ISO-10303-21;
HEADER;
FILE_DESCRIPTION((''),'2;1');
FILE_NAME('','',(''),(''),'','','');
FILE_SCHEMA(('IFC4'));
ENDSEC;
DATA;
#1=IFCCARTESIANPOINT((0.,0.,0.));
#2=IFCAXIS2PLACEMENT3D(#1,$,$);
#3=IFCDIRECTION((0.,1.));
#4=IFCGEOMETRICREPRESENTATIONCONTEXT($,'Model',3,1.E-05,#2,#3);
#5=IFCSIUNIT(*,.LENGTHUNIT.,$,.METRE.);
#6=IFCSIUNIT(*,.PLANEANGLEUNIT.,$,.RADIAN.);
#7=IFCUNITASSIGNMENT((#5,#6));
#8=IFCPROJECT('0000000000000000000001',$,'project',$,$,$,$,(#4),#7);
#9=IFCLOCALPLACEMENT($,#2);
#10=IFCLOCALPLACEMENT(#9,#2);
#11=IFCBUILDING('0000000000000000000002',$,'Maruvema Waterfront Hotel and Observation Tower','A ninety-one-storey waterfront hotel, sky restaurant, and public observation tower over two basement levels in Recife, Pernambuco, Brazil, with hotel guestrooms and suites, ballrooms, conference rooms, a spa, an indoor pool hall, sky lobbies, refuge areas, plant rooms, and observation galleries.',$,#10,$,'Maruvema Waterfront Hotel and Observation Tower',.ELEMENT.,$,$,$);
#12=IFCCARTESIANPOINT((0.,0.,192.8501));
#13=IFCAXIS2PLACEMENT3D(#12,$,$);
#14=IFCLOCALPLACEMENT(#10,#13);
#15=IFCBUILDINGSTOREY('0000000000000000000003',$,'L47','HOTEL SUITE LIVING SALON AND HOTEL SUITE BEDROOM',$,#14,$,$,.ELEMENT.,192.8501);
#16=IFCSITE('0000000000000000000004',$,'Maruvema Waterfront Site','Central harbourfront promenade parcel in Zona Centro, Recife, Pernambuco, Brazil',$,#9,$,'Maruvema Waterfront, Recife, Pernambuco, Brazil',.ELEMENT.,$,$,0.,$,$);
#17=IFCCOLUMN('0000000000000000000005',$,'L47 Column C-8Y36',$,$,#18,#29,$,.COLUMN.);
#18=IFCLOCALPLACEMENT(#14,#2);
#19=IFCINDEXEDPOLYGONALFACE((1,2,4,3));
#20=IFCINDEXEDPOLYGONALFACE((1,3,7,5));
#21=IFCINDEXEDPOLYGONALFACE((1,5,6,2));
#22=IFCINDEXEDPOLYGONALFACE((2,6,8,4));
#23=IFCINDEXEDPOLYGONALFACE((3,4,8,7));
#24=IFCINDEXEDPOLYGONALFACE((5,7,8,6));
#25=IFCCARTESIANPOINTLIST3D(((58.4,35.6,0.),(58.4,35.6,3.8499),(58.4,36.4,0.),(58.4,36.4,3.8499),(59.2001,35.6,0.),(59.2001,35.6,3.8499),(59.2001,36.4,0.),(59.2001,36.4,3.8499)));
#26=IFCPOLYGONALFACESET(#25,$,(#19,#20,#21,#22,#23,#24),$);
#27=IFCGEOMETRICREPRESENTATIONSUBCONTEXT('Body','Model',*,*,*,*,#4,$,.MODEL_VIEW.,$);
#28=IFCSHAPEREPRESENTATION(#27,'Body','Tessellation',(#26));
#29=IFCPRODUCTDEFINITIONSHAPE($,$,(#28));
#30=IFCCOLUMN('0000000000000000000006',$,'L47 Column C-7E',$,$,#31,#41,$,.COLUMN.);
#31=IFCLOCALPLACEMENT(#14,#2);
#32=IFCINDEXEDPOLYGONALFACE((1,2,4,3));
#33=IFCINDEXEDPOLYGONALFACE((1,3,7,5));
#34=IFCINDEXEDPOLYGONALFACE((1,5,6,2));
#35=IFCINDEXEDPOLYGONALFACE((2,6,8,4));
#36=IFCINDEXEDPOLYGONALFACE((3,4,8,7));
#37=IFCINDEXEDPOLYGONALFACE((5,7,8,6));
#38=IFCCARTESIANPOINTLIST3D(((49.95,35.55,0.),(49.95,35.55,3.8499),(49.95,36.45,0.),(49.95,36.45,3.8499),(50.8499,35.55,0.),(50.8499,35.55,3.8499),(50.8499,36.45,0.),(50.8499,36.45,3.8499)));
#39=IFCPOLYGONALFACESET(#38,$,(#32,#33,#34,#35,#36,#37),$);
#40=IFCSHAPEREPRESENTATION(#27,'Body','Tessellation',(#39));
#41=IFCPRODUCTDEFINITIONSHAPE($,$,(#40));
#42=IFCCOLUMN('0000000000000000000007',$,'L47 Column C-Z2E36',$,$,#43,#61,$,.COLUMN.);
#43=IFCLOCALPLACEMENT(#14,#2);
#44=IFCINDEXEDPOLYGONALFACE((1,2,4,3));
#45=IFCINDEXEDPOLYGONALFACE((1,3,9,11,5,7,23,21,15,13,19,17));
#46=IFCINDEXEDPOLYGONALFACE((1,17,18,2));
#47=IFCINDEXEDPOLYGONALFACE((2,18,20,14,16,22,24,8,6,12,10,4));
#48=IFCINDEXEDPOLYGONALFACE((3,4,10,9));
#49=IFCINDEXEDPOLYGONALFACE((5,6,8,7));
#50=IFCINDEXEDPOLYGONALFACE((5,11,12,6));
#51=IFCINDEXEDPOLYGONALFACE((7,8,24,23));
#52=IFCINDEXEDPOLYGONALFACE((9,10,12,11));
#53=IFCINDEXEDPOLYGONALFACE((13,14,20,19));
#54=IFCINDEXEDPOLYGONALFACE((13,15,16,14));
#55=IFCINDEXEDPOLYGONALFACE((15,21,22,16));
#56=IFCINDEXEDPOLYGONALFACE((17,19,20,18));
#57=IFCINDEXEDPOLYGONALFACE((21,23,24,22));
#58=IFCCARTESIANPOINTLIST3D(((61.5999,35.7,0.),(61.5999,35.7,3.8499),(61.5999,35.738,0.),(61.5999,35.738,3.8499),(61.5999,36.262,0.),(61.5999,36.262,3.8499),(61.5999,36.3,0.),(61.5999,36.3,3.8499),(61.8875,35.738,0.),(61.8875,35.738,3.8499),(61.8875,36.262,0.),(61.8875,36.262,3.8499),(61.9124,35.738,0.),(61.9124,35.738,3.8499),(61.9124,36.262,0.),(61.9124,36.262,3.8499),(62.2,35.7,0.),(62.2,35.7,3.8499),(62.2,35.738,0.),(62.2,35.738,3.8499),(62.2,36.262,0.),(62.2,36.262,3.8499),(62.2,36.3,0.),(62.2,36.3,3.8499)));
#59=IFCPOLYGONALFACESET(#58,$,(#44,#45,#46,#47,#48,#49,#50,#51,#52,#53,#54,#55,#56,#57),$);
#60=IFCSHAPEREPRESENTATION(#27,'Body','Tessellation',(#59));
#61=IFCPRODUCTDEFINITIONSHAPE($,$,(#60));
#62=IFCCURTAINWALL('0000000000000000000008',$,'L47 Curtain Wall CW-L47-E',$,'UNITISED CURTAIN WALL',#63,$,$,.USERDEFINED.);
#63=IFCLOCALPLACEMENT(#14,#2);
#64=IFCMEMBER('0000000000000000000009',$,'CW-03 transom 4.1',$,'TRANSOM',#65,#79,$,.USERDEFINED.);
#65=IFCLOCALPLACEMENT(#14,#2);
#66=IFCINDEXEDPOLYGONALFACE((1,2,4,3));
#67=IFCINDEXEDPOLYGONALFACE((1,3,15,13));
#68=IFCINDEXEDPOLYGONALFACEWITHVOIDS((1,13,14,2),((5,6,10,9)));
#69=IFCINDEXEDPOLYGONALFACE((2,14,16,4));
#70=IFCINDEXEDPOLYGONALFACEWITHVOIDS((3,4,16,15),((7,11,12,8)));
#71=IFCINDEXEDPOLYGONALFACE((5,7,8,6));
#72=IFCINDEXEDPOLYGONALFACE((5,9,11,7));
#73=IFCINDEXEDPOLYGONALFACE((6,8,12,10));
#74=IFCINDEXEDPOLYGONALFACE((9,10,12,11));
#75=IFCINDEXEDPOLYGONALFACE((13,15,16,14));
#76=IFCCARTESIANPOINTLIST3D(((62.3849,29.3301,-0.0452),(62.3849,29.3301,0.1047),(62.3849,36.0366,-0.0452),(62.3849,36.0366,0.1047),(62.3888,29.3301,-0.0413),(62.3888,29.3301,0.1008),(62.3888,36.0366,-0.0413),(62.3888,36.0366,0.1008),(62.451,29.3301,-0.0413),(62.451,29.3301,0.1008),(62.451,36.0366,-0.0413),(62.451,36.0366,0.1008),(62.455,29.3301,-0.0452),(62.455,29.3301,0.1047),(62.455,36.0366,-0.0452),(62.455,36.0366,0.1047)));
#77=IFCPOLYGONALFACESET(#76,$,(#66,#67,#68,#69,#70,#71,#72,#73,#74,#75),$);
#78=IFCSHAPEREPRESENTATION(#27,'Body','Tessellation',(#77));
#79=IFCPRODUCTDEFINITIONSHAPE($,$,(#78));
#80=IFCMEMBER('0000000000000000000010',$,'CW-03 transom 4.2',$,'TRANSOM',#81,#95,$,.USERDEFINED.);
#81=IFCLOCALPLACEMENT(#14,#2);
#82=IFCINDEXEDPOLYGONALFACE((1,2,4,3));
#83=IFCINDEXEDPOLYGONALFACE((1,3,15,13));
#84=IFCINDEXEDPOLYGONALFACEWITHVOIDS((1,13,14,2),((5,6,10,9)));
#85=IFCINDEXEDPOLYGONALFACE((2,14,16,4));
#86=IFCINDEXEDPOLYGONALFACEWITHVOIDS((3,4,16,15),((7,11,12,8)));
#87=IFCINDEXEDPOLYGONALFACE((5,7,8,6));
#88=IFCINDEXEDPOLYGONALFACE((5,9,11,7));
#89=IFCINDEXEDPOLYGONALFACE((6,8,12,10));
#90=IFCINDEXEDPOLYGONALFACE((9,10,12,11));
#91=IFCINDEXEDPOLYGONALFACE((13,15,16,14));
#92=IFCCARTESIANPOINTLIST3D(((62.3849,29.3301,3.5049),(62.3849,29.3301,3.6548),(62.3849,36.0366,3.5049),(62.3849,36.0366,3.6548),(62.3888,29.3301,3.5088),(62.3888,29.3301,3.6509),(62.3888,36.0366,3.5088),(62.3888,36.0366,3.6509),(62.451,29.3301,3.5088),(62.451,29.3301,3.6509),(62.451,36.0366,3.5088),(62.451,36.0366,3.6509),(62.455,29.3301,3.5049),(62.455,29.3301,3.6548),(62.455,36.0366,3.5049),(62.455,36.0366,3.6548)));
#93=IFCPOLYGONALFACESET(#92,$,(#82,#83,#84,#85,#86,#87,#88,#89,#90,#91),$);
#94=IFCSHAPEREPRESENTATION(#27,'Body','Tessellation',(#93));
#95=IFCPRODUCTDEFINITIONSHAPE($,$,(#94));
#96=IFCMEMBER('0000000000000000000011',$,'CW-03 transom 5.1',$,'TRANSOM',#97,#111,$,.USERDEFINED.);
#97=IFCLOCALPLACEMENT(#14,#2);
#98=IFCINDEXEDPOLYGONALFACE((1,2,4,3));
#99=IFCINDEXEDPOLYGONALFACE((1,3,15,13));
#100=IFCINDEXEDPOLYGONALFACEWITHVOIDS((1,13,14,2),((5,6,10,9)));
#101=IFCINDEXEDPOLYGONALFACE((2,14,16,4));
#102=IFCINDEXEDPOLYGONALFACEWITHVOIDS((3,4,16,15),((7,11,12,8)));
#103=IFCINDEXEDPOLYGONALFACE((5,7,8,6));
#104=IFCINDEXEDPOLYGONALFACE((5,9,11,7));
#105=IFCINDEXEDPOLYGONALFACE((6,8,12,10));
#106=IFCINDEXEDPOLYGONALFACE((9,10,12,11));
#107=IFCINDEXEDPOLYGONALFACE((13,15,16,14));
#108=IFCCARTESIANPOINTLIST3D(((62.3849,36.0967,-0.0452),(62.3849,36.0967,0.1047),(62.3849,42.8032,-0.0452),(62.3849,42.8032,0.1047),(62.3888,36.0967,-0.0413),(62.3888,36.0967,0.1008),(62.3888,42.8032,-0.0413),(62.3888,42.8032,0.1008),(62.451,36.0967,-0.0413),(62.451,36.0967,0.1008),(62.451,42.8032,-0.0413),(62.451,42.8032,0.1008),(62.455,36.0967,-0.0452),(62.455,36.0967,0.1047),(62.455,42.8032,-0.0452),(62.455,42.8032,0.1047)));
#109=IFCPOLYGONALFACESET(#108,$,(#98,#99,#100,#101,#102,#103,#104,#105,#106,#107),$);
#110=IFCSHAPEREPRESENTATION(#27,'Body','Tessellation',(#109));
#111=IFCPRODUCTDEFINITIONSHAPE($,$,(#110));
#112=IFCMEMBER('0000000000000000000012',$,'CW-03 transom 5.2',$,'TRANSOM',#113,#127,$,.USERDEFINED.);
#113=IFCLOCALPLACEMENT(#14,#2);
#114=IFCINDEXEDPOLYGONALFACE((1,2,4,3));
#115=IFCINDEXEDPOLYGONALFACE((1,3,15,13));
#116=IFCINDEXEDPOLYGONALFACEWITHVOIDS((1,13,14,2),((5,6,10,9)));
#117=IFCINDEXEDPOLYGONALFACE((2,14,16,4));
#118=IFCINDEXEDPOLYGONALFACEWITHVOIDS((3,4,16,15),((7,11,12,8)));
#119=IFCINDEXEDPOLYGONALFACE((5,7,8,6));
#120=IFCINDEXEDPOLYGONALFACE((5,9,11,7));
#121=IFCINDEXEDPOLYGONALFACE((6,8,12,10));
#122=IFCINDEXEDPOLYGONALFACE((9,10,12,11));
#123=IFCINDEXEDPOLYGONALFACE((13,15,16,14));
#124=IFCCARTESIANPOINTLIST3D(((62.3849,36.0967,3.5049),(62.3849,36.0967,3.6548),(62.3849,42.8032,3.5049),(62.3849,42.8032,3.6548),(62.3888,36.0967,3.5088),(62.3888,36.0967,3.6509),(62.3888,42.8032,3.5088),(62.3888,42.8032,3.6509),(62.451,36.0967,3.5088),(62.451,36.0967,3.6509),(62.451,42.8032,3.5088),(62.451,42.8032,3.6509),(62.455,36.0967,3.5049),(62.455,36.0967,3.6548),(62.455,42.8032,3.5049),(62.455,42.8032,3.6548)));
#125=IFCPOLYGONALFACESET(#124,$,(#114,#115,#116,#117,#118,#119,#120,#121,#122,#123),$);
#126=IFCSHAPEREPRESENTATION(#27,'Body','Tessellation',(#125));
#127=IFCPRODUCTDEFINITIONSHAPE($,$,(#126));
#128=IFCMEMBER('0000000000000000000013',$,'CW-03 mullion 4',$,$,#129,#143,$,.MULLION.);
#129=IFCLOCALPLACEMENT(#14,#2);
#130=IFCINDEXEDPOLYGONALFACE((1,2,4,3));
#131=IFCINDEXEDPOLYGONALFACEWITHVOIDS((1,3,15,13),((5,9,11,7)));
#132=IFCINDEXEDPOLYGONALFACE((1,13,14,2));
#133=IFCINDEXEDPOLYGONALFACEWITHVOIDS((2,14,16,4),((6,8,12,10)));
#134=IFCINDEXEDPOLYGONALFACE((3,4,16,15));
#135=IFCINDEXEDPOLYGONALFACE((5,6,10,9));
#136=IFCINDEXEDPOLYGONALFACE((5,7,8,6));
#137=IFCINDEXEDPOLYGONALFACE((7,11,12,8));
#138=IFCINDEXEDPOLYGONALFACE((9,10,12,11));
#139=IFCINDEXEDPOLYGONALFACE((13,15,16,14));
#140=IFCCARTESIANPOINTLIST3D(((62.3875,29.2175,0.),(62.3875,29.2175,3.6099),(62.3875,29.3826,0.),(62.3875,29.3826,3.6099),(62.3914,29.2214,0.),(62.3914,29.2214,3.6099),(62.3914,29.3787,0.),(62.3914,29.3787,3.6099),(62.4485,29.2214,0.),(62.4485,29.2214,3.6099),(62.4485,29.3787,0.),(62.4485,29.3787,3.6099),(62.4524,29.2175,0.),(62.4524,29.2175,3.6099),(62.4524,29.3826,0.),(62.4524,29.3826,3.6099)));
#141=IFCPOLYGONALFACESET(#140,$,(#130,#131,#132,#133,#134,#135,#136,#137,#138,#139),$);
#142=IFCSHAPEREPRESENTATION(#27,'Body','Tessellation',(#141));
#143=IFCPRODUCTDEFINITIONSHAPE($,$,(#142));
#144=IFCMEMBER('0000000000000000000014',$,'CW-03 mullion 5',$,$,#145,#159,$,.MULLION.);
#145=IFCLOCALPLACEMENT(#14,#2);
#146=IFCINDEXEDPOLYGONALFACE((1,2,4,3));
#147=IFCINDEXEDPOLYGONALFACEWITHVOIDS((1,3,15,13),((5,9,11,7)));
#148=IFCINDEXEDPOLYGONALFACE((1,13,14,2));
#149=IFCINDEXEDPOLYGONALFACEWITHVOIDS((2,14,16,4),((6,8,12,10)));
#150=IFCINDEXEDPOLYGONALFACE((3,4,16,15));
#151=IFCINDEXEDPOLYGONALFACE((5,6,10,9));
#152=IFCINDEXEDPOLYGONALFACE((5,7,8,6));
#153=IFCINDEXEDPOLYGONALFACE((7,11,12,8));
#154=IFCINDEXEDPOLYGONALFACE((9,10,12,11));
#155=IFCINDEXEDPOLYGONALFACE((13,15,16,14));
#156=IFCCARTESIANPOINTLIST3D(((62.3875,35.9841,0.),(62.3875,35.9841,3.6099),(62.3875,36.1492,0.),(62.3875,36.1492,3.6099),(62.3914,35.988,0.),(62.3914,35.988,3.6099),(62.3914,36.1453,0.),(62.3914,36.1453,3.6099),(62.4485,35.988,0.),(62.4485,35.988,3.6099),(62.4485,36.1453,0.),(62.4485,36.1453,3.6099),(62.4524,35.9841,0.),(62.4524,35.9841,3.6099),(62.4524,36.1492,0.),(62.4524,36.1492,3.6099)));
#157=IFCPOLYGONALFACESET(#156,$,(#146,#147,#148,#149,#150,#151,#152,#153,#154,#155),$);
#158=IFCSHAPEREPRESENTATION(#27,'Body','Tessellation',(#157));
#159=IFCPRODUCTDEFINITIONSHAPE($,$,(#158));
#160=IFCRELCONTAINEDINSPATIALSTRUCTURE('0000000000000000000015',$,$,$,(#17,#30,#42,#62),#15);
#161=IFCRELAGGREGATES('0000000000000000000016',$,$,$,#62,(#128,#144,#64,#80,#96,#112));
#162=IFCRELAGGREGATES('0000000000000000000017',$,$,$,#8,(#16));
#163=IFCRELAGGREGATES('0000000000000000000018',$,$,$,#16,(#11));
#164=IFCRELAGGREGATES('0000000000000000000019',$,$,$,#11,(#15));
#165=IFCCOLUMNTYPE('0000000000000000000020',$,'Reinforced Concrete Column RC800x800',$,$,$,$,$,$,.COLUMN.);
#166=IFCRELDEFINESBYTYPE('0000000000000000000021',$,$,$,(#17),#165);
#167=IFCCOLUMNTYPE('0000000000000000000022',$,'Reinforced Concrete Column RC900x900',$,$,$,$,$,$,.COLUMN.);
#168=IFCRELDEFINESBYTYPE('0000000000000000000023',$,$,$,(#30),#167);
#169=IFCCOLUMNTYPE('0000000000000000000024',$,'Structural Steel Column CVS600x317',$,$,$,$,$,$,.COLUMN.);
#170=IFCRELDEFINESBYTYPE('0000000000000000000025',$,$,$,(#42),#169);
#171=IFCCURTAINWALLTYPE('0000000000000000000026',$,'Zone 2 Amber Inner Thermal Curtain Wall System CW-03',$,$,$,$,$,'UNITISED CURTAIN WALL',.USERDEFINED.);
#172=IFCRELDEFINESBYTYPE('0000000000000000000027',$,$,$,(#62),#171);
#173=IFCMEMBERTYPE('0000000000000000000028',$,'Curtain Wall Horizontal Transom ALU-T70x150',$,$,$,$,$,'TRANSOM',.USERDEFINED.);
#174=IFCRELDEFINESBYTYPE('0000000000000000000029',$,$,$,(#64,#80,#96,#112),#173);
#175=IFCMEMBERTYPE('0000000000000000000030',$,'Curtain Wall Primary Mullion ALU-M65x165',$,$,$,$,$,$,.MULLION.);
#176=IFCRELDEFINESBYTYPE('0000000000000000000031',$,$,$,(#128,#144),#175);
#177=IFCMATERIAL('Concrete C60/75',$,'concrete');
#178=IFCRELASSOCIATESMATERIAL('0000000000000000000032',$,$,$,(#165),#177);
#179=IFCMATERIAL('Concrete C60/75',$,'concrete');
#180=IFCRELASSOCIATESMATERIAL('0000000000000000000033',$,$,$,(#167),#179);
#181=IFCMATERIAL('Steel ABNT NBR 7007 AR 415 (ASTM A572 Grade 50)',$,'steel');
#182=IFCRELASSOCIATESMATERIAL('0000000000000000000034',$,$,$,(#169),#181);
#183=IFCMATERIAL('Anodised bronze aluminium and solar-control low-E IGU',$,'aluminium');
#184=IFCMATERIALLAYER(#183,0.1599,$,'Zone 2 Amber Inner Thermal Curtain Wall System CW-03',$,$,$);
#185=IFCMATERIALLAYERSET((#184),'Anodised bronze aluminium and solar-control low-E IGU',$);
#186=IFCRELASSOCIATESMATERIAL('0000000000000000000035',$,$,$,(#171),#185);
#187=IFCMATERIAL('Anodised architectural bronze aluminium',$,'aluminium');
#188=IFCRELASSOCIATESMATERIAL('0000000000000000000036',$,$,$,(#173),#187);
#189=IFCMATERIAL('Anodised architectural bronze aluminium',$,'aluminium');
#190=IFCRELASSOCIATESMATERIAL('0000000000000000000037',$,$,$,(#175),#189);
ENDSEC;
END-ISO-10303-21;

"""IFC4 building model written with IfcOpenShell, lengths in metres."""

from ifc_helpers import new_model, si_unit, direction, frame, origin, origin_2d, place, context, subcontext, project, spatial, rectangle, hollow_rectangle, i_section, extrude, material, layer, layer_set, material_profile, profile_set, type_object, element, aggregate, save


model = new_model("IFC4")

# Units and contexts
model_context = context("Model", 3, precision=1e-05, world=origin(), true_north=direction((0.0, 1.0)))
body_context = subcontext(model_context, "Body", "Model", "MODEL_VIEW")
ifc_project = project(units=[si_unit("LENGTHUNIT", "METRE"), si_unit("PLANEANGLEUNIT", "RADIAN")], contexts=[model_context])

# Site, building, storey
site_placement = place(None, origin())
site = spatial("IfcSite", under=ifc_project, at=site_placement, Name="Maruvema Waterfront Site", Description="Central harbourfront promenade parcel in Zona Centro, Recife, Pernambuco, Brazil", LongName="Maruvema Waterfront, Recife, Pernambuco, Brazil", CompositionType="ELEMENT", RefElevation=0.0)
building_placement = place(site_placement, origin())
building = spatial("IfcBuilding", under=site, at=building_placement, Name="Maruvema Waterfront Hotel and Observation Tower", Description="A ninety-one-storey waterfront hotel, sky restaurant, and public observation tower over two basement levels in Recife, Pernambuco, Brazil, with hotel guestrooms and suites, ballrooms, conference rooms, a spa, an indoor pool hall, sky lobbies, refuge areas, plant rooms, and observation galleries.", LongName="Maruvema Waterfront Hotel and Observation Tower", CompositionType="ELEMENT")
storey_placement = place(building_placement, frame((0.0, 0.0, 192.8501)))
storey = spatial("IfcBuildingStorey", under=building, at=storey_placement, Name="L47", Description="HOTEL SUITE LIVING SALON AND HOTEL SUITE BEDROOM", CompositionType="ELEMENT", Elevation=192.8501)

# Columns
ifc_material_1 = material(Name="Concrete C60/75", Category="concrete")
ifc_material_profile_1 = material_profile(ifc_material_1, rectangle(XDim=0.8, YDim=0.8, at=origin_2d()), Name="RC800x800")
ifc_profile_set_1 = profile_set([ifc_material_profile_1], Name="Concrete C60/75")
column_type_1 = type_object("IfcColumnType", Name="Reinforced Concrete Column RC800x800", PredefinedType="COLUMN", material=ifc_profile_set_1)
column_1_placement = place(storey_placement, frame((58.8, 36.0, 0.0), z_axis=(0.0, 0.0, 1.0), x_axis=(1.0, 0.0, 0.0)))
element("IfcColumn", 1, at=column_1_placement, inside=storey, type_object=column_type_1, Name="L47 Column C-8Y36", PredefinedType="COLUMN", context=body_context, shape_type="SweptSolid", body=[
    extrude(rectangle(XDim=0.8, YDim=0.8, at=origin_2d()), origin(), (0.0, 0.0, 1.0), 3.8499),
])
ifc_material_2 = material(Name="Concrete C60/75", Category="concrete")
ifc_material_profile_2 = material_profile(ifc_material_2, rectangle(XDim=0.8999, YDim=0.8999, at=origin_2d()), Name="RC900x900")
ifc_profile_set_2 = profile_set([ifc_material_profile_2], Name="Concrete C60/75")
column_type_2 = type_object("IfcColumnType", Name="Reinforced Concrete Column RC900x900", PredefinedType="COLUMN", material=ifc_profile_set_2)
column_2_placement = place(storey_placement, frame((50.3999, 36.0, 0.0), z_axis=(0.0, 0.0, 1.0), x_axis=(1.0, 0.0, 0.0)))
element("IfcColumn", 2, at=column_2_placement, inside=storey, type_object=column_type_2, Name="L47 Column C-7E", PredefinedType="COLUMN", context=body_context, shape_type="SweptSolid", body=[
    extrude(rectangle(XDim=0.8999, YDim=0.8999, at=origin_2d()), origin(), (0.0, 0.0, 1.0), 3.8499),
])
ifc_material_3 = material(Name="Steel ABNT NBR 7007 AR 415 (ASTM A572 Grade 50)", Category="steel")
ifc_material_profile_3 = material_profile(ifc_material_3, i_section(OverallWidth=0.6001, OverallDepth=0.6001, WebThickness=0.0249, FlangeThickness=0.0381, at=origin_2d()), Name="CVS600x317")
ifc_profile_set_3 = profile_set([ifc_material_profile_3], Name="Steel ABNT NBR 7007 AR 415 (ASTM A572 Grade 50)")
column_type_3 = type_object("IfcColumnType", Name="Structural Steel Column CVS600x317", PredefinedType="COLUMN", material=ifc_profile_set_3)
column_3_placement = place(storey_placement, frame((61.8999, 36.0, 0.0), z_axis=(0.0, 0.0, 1.0), x_axis=(1.0, 0.0, 0.0)))
element("IfcColumn", 3, at=column_3_placement, inside=storey, type_object=column_type_3, Name="L47 Column C-Z2E36", PredefinedType="COLUMN", context=body_context, shape_type="SweptSolid", body=[
    extrude(i_section(OverallWidth=0.6001, OverallDepth=0.6001, WebThickness=0.0249, FlangeThickness=0.0381, at=origin_2d()), origin(), (0.0, 0.0, 1.0), 3.8499),
])

# Curtain wall, members
ifc_material_4 = material(Name="Anodised bronze aluminium and solar-control low-E IGU", Category="aluminium")
ifc_layer_1 = layer(ifc_material_4, 0.1599, Name="Zone 2 Amber Inner Thermal Curtain Wall System CW-03")
ifc_layer_set_1 = layer_set([ifc_layer_1], Name="Anodised bronze aluminium and solar-control low-E IGU")
curtain_wall_type = type_object("IfcCurtainWallType", Name="Zone 2 Amber Inner Thermal Curtain Wall System CW-03", ElementType="UNITISED CURTAIN WALL", PredefinedType="USERDEFINED", material=ifc_layer_set_1)
curtain_wall_placement = place(storey_placement, origin())
curtain_wall = element("IfcCurtainWall", 4, at=curtain_wall_placement, inside=storey, type_object=curtain_wall_type, Name="L47 Curtain Wall CW-L47-E", ObjectType="UNITISED CURTAIN WALL", PredefinedType="USERDEFINED")
ifc_material_5 = material(Name="Anodised architectural bronze aluminium", Category="aluminium")
ifc_material_profile_4 = material_profile(ifc_material_5, hollow_rectangle(XDim=0.0701, YDim=0.1499, WallThickness=0.0039, at=origin_2d()), Name="ALU-T70x150")
ifc_profile_set_4 = profile_set([ifc_material_profile_4], Name="Anodised architectural bronze aluminium")
member_type_1 = type_object("IfcMemberType", Name="Curtain Wall Horizontal Transom ALU-T70x150", ElementType="TRANSOM", PredefinedType="USERDEFINED", material=ifc_profile_set_4)
member_1_placement = place(storey_placement, frame((62.4199, 29.3301, 0.0298), z_axis=(0.0, 1.0, 0.0), x_axis=(-1.0, 0.0, 0.0)))
member_1 = element("IfcMember", 5, at=member_1_placement, type_object=member_type_1, Name="CW-03 transom 4.1", ObjectType="TRANSOM", PredefinedType="USERDEFINED", context=body_context, shape_type="SweptSolid", body=[
    extrude(hollow_rectangle(XDim=0.0701, YDim=0.1499, WallThickness=0.0039, at=origin_2d()), origin(), (0.0, 0.0, 1.0), 6.7065),
])
member_2_placement = place(storey_placement, frame((62.4199, 29.3301, 3.5798), z_axis=(0.0, 1.0, 0.0), x_axis=(-1.0, 0.0, 0.0)))
member_2 = element("IfcMember", 6, at=member_2_placement, type_object=member_type_1, Name="CW-03 transom 4.2", ObjectType="TRANSOM", PredefinedType="USERDEFINED", context=body_context, shape_type="SweptSolid", body=[
    extrude(hollow_rectangle(XDim=0.0701, YDim=0.1499, WallThickness=0.0039, at=origin_2d()), origin(), (0.0, 0.0, 1.0), 6.7065),
])
member_3_placement = place(storey_placement, frame((62.4199, 36.0967, 0.0298), z_axis=(0.0, 1.0, 0.0), x_axis=(-1.0, 0.0, 0.0)))
member_3 = element("IfcMember", 7, at=member_3_placement, type_object=member_type_1, Name="CW-03 transom 5.1", ObjectType="TRANSOM", PredefinedType="USERDEFINED", context=body_context, shape_type="SweptSolid", body=[
    extrude(hollow_rectangle(XDim=0.0701, YDim=0.1499, WallThickness=0.0039, at=origin_2d()), origin(), (0.0, 0.0, 1.0), 6.7065),
])
member_4_placement = place(storey_placement, frame((62.4199, 36.0967, 3.5798), z_axis=(0.0, 1.0, 0.0), x_axis=(-1.0, 0.0, 0.0)))
member_4 = element("IfcMember", 8, at=member_4_placement, type_object=member_type_1, Name="CW-03 transom 5.2", ObjectType="TRANSOM", PredefinedType="USERDEFINED", context=body_context, shape_type="SweptSolid", body=[
    extrude(hollow_rectangle(XDim=0.0701, YDim=0.1499, WallThickness=0.0039, at=origin_2d()), origin(), (0.0, 0.0, 1.0), 6.7065),
])
ifc_material_6 = material(Name="Anodised architectural bronze aluminium", Category="aluminium")
ifc_material_profile_5 = material_profile(ifc_material_6, hollow_rectangle(XDim=0.0649, YDim=0.165, WallThickness=0.0039, at=origin_2d()), Name="ALU-M65x165")
ifc_profile_set_5 = profile_set([ifc_material_profile_5], Name="Anodised architectural bronze aluminium")
member_type_2 = type_object("IfcMemberType", Name="Curtain Wall Primary Mullion ALU-M65x165", PredefinedType="MULLION", material=ifc_profile_set_5)
member_5_placement = place(storey_placement, frame((62.4199, 29.3, 0.0), z_axis=(0.0, 0.0, 1.0), x_axis=(-1.0, 0.0, 0.0)))
member_5 = element("IfcMember", 9, at=member_5_placement, type_object=member_type_2, Name="CW-03 mullion 4", PredefinedType="MULLION", context=body_context, shape_type="SweptSolid", body=[
    extrude(hollow_rectangle(XDim=0.0649, YDim=0.165, WallThickness=0.0039, at=origin_2d()), origin(), (0.0, 0.0, 1.0), 3.6099),
])
member_6_placement = place(storey_placement, frame((62.4199, 36.0667, 0.0), z_axis=(0.0, 0.0, 1.0), x_axis=(-1.0, 0.0, 0.0)))
member_6 = element("IfcMember", 10, at=member_6_placement, type_object=member_type_2, Name="CW-03 mullion 5", PredefinedType="MULLION", context=body_context, shape_type="SweptSolid", body=[
    extrude(hollow_rectangle(XDim=0.0649, YDim=0.165, WallThickness=0.0039, at=origin_2d()), origin(), (0.0, 0.0, 1.0), 3.6099),
])

aggregate(curtain_wall, [member_5, member_6, member_1, member_2, member_3, member_4])

save(model, "model.ifc")
